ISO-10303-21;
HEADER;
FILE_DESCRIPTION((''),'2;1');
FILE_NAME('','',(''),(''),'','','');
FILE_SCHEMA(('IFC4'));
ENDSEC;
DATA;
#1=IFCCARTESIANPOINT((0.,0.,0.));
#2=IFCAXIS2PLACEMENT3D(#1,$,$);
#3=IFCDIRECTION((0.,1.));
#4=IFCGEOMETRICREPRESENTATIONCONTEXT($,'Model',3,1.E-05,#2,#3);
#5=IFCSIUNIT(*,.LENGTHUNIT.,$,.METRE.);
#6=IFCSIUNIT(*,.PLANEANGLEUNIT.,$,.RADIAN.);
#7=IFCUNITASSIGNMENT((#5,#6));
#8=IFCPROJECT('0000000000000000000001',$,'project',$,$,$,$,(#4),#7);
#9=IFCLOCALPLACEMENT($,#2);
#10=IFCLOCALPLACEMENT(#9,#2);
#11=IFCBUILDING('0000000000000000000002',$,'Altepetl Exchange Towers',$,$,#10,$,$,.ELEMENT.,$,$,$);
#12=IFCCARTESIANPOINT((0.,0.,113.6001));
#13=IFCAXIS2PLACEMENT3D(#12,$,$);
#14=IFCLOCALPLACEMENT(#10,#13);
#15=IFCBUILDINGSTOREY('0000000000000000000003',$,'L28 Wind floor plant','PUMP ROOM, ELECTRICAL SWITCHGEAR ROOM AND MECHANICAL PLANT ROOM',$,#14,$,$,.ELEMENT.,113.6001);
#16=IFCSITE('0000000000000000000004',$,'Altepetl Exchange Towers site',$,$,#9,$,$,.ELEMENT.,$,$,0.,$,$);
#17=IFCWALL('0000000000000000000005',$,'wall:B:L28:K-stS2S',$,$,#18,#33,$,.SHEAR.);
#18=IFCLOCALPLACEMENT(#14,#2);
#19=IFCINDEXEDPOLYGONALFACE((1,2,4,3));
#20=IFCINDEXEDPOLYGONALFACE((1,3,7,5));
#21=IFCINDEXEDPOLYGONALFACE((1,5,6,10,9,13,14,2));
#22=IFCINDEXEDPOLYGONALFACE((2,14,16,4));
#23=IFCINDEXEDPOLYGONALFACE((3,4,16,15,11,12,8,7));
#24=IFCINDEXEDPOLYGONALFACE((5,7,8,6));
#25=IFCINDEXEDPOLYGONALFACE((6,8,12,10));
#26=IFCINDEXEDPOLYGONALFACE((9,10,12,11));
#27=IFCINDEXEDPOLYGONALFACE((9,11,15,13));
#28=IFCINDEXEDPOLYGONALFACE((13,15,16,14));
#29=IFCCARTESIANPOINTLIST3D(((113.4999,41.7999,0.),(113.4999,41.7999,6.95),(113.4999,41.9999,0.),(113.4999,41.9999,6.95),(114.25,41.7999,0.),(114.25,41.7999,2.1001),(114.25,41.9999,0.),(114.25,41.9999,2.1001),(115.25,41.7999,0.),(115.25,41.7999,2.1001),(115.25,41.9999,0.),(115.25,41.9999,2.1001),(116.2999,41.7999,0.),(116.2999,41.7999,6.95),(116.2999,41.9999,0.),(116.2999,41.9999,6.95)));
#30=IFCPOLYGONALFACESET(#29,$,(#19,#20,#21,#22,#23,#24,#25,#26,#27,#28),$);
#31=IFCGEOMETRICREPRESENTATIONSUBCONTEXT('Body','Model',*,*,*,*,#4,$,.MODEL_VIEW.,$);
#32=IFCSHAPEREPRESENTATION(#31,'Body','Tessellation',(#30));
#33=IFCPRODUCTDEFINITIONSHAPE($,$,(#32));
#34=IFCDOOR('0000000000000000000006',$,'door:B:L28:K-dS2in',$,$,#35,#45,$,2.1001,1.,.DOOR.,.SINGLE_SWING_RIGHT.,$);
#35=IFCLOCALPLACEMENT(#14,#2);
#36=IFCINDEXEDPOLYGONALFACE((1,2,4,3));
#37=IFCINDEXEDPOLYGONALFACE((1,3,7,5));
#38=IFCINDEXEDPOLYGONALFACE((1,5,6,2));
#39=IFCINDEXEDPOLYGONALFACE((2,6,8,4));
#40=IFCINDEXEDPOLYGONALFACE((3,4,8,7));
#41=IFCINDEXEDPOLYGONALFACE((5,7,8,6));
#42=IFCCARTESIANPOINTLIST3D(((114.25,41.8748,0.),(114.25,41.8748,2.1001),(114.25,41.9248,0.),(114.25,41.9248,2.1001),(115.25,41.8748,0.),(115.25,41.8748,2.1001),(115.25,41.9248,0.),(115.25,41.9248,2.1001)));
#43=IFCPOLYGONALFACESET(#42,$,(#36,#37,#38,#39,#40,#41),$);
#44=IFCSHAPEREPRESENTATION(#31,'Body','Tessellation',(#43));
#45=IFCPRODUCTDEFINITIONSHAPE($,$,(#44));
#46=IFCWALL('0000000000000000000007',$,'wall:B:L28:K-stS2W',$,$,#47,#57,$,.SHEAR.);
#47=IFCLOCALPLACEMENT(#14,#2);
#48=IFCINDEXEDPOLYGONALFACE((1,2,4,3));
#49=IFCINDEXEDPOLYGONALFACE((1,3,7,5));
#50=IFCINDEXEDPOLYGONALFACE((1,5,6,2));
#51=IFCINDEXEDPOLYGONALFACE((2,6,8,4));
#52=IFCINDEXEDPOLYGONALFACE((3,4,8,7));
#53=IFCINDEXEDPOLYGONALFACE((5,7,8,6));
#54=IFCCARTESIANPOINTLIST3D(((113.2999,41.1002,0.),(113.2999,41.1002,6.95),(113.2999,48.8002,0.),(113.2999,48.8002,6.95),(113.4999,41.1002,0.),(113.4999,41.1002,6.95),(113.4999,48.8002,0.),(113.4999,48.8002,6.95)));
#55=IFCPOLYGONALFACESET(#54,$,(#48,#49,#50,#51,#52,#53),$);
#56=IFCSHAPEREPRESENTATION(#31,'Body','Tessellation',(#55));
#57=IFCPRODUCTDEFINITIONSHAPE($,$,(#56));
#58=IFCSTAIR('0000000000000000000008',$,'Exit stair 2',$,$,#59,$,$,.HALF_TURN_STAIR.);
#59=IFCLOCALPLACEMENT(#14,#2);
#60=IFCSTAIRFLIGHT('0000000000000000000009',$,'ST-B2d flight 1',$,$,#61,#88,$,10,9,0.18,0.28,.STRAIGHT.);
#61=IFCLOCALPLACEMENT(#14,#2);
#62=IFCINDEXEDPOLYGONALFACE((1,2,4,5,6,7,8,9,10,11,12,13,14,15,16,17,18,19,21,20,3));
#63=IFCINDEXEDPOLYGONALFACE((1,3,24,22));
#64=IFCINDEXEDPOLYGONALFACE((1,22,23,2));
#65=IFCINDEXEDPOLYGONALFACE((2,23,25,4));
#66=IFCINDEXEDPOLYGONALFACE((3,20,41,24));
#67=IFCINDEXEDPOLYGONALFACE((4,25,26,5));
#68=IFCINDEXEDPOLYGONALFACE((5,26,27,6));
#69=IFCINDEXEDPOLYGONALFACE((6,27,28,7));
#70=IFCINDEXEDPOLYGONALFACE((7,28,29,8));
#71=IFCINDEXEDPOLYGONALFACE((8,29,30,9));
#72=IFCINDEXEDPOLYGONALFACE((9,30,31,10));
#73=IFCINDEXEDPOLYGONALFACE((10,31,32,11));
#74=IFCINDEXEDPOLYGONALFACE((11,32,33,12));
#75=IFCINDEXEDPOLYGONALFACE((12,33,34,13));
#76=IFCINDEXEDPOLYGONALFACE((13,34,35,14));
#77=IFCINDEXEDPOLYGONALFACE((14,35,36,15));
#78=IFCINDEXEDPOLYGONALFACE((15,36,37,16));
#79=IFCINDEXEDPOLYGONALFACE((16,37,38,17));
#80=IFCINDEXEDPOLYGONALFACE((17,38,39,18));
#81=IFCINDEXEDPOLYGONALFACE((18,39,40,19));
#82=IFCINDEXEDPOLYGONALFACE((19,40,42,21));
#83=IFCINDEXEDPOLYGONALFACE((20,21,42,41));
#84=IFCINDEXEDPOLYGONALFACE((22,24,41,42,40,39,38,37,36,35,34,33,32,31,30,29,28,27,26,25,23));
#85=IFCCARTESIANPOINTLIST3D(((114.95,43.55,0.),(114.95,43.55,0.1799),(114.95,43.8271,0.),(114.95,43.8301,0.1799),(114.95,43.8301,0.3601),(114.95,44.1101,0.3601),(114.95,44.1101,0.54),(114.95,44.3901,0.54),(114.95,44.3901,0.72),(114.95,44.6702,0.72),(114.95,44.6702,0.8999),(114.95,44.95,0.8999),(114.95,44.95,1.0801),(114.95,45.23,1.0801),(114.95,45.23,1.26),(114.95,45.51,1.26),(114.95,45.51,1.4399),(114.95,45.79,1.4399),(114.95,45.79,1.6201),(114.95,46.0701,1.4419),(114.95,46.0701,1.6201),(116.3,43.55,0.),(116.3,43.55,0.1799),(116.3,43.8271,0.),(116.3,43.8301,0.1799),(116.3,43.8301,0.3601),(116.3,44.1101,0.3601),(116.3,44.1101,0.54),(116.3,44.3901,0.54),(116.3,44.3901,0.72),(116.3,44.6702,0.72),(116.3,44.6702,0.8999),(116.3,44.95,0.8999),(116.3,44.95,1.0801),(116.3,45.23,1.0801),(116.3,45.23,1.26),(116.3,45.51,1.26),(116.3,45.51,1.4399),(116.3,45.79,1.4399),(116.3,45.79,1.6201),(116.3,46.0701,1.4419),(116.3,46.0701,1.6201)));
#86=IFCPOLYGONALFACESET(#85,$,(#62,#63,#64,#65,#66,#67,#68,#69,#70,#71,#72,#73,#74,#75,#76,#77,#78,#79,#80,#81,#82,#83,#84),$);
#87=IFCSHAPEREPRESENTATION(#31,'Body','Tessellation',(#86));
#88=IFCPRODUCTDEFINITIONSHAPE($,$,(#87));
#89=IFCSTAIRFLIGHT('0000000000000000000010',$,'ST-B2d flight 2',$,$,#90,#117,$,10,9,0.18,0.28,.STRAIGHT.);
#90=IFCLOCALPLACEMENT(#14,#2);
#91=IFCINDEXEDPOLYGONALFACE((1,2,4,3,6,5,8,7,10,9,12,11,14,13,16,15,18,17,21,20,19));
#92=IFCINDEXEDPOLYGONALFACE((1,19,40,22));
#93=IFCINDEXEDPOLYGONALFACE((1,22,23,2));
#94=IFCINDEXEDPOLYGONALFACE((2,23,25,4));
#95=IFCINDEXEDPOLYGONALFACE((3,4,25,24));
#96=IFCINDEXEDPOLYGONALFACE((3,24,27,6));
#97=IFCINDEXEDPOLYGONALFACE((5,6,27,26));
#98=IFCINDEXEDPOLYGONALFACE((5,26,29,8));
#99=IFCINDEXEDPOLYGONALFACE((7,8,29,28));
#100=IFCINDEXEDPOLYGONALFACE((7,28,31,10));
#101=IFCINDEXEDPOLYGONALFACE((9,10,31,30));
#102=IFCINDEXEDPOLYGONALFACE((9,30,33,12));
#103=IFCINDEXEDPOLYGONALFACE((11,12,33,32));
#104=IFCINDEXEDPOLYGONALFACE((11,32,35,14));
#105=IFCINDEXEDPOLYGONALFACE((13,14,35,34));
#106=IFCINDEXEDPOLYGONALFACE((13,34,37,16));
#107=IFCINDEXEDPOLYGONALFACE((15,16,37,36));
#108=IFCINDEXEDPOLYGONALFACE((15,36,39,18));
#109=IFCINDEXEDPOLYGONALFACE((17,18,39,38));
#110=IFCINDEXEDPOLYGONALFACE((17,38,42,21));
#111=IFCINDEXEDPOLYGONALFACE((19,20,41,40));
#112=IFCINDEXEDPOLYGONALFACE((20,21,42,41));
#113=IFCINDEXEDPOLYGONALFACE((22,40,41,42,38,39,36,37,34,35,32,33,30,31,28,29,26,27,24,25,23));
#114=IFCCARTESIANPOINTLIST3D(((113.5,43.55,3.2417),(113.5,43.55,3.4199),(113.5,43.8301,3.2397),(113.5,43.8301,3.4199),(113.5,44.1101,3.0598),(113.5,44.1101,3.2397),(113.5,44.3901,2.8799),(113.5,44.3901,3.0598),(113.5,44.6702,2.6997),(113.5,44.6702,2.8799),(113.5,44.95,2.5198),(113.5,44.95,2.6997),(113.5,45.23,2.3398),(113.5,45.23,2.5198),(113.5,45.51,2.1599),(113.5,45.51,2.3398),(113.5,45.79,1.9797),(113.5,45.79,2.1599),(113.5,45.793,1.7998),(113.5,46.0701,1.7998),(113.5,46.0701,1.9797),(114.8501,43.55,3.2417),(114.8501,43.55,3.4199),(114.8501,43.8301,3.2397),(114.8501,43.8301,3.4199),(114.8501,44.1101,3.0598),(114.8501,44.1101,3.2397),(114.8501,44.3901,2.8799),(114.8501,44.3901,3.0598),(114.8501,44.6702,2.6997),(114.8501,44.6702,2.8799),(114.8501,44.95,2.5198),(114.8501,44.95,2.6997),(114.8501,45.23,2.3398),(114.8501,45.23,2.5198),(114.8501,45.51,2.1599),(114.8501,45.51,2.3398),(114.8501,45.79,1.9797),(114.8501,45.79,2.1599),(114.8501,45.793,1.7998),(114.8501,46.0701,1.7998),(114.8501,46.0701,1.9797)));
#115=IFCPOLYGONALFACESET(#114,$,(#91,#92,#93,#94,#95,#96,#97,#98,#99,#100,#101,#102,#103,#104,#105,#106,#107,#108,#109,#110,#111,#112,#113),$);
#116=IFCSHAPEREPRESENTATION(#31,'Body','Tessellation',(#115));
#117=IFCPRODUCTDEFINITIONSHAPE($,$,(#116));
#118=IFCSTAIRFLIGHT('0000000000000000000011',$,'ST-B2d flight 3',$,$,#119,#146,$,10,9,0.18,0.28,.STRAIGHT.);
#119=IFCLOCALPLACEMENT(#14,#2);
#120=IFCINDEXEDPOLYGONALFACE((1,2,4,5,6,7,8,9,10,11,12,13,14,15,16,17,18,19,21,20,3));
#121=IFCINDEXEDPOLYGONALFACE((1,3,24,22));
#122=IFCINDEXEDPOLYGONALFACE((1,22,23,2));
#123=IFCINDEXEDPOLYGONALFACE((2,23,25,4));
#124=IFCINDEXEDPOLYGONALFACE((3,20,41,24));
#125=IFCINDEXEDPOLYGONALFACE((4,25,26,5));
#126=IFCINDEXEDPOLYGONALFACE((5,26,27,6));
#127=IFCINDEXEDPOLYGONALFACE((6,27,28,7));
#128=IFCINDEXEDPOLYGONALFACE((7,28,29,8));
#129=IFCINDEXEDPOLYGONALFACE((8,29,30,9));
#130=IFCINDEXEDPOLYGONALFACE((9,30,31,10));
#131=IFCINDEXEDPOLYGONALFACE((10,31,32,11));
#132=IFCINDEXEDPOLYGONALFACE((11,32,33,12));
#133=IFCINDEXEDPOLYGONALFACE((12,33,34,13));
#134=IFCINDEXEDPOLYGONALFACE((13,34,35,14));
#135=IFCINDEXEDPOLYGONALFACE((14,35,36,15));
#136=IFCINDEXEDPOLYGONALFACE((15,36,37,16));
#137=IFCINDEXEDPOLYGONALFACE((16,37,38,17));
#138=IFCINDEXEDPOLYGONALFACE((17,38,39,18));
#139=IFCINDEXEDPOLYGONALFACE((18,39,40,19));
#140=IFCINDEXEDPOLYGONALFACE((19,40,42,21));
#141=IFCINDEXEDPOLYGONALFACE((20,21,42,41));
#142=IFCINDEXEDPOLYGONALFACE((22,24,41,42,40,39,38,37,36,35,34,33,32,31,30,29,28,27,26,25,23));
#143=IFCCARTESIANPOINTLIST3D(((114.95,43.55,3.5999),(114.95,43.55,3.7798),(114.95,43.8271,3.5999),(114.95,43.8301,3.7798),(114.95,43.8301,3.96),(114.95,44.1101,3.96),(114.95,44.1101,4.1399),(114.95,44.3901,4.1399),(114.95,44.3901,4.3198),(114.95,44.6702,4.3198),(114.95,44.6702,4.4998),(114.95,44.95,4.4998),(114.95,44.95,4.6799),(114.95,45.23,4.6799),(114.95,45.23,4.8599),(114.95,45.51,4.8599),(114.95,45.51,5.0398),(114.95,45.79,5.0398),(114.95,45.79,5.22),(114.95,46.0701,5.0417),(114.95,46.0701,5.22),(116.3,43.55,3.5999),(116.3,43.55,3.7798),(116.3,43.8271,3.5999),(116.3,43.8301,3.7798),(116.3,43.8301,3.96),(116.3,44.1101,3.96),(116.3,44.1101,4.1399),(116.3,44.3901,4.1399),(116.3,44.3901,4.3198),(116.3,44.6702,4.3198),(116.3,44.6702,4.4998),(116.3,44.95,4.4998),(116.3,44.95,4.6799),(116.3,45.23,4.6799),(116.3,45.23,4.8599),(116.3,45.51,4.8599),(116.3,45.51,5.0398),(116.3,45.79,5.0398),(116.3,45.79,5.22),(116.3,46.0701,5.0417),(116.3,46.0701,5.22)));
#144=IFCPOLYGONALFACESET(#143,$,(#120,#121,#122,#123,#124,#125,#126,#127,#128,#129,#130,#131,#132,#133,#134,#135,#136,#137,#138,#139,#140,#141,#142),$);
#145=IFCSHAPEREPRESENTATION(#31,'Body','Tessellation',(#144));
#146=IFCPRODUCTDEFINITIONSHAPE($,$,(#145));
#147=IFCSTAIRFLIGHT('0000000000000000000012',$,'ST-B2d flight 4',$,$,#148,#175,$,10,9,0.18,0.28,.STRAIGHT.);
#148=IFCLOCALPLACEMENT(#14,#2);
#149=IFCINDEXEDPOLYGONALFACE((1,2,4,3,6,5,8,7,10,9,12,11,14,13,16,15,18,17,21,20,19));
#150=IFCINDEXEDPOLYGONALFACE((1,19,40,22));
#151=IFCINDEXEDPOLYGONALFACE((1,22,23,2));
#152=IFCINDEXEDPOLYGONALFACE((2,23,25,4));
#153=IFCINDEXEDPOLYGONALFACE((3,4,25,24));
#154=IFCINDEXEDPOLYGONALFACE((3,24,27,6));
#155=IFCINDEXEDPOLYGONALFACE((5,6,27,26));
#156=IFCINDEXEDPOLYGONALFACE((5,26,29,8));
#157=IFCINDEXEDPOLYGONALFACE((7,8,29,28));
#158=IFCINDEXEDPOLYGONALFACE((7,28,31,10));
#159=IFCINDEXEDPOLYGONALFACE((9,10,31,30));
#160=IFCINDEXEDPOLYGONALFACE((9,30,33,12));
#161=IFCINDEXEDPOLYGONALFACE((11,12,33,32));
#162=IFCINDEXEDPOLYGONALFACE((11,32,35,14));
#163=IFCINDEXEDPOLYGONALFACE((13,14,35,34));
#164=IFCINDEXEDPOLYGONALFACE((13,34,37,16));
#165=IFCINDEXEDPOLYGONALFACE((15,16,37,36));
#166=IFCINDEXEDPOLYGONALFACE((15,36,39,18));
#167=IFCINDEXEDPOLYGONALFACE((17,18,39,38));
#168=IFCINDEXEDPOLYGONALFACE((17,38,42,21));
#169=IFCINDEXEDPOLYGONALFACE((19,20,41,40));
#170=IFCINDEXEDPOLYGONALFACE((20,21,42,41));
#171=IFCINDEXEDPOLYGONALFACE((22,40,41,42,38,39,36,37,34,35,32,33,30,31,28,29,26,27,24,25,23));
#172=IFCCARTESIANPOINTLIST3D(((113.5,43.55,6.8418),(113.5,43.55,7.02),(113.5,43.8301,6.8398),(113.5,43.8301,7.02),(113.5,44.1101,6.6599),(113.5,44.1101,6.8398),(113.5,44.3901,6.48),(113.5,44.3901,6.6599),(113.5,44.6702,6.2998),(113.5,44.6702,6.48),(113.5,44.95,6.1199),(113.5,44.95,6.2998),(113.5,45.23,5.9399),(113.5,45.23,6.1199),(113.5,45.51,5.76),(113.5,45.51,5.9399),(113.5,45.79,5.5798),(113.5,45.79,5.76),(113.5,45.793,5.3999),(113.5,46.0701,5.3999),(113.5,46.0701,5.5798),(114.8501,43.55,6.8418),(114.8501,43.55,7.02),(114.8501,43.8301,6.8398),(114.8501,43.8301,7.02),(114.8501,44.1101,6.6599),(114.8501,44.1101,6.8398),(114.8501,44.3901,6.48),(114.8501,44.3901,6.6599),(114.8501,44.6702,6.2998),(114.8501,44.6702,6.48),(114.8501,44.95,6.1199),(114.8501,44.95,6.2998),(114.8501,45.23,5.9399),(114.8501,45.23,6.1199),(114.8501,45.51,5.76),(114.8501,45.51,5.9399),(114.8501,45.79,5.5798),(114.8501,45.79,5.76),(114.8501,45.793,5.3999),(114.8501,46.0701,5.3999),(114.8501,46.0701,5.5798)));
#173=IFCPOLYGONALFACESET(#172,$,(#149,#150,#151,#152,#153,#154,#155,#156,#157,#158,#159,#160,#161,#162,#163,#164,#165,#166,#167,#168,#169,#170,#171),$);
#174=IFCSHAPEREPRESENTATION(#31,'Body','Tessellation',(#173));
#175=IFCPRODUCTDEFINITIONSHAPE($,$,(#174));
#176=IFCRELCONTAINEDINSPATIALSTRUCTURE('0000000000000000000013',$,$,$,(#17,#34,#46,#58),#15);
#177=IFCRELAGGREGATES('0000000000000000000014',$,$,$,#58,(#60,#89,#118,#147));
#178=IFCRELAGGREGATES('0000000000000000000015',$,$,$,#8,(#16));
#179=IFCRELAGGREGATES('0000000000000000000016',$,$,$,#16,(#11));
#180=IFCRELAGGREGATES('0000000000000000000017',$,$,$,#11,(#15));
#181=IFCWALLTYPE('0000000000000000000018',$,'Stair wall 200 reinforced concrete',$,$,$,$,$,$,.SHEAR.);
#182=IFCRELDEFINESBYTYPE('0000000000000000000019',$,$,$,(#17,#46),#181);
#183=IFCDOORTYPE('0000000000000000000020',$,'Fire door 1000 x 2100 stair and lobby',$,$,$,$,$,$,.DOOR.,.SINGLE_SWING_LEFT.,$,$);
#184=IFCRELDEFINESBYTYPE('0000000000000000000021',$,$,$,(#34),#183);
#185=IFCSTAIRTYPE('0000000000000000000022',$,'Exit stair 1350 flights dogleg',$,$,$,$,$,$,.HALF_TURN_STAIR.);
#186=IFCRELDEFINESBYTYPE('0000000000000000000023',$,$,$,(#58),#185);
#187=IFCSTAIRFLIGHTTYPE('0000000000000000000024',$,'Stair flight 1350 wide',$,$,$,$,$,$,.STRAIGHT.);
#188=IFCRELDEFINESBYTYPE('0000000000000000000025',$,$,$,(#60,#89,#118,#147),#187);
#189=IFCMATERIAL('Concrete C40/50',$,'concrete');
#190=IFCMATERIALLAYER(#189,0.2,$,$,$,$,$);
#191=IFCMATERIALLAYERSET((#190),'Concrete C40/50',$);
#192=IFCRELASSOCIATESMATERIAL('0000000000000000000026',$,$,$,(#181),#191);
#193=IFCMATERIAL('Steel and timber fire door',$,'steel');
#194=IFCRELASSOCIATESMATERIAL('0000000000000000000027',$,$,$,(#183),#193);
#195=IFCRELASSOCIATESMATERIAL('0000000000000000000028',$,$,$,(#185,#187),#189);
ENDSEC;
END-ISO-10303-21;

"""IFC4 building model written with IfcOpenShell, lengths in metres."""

from ifc_helpers import new_model, si_unit, direction, frame, frame_2d, origin, place, context, subcontext, project, spatial, polyline, rectangle, outline, extrude, material, layer, layer_set, type_object, element, fill, aggregate, save


model = new_model("IFC4")

# Units and contexts
model_context = context("Model", 3, precision=1e-05, world=origin(), true_north=direction((0.0, 1.0)))
body_context = subcontext(model_context, "Body", "Model", "MODEL_VIEW")
ifc_project = project(units=[si_unit("LENGTHUNIT", "METRE"), si_unit("PLANEANGLEUNIT", "RADIAN")], contexts=[model_context])

# Site, building, storey
site_placement = place(None, origin())
site = spatial("IfcSite", under=ifc_project, at=site_placement, Name="Altepetl Exchange Towers site", CompositionType="ELEMENT", RefElevation=0.0)
building_placement = place(site_placement, origin())
building = spatial("IfcBuilding", under=site, at=building_placement, Name="Altepetl Exchange Towers", CompositionType="ELEMENT")
storey_placement = place(building_placement, frame((0.0, 0.0, 113.6001)))
storey = spatial("IfcBuildingStorey", under=building, at=storey_placement, Name="L28 Wind floor plant", Description="PUMP ROOM, ELECTRICAL SWITCHGEAR ROOM AND MECHANICAL PLANT ROOM", CompositionType="ELEMENT", Elevation=113.6001)

# Wall, opening, door
ifc_material_1 = material(Name="Concrete C40/50", Category="concrete")
ifc_layer_1 = layer(ifc_material_1, 0.2)
ifc_layer_set_1 = layer_set([ifc_layer_1], Name="Concrete C40/50")
wall_type_1 = type_object("IfcWallType", Name="Stair wall 200 reinforced concrete", PredefinedType="SHEAR", material=ifc_layer_set_1)
wall_1_placement = place(storey_placement, frame((113.5, 41.8999, 0.0)))
wall_1 = element("IfcWall", 1, at=wall_1_placement, inside=storey, type_object=wall_type_1, Name="wall:B:L28:K-stS2S", PredefinedType="SHEAR", context=body_context, shape_type="SweptSolid", body=[
    extrude(rectangle(XDim=2.8, YDim=0.2, at=frame_2d((1.3999, 0.0))), origin(), (0.0, 0.0, 1.0), 6.95),
])
opening_placement = place(wall_1_placement, frame((0.75, 0.0, 0.0)))
opening = element("IfcOpeningElement", 2, at=opening_placement, cuts=wall_1, PredefinedType="OPENING", context=body_context, shape_type="SweptSolid", body=[
    extrude(rectangle(XDim=1.0, YDim=2.1001, at=frame_2d((0.5, 1.05))), frame((0.0, 0.1099, 0.0), z_axis=(0.0, -1.0, 0.0), x_axis=(1.0, 0.0, 0.0)), (0.0, 0.0, 1.0), 0.22),
])
ifc_material_2 = material(Name="Steel and timber fire door", Category="steel")
door_type = type_object("IfcDoorType", Name="Fire door 1000 x 2100 stair and lobby", OperationType="SINGLE_SWING_LEFT", PredefinedType="DOOR", material=ifc_material_2)
door_placement = place(opening_placement, origin())
door = element("IfcDoor", 3, at=door_placement, inside=storey, type_object=door_type, Name="door:B:L28:K-dS2in", OperationType="SINGLE_SWING_RIGHT", OverallHeight=2.1001, OverallWidth=1.0, PredefinedType="DOOR", context=body_context, shape_type="SweptSolid", body=[
    extrude(rectangle(XDim=1.0, YDim=2.1001, at=frame_2d((0.5, 1.05))), frame((0.0, 0.0249, 0.0), z_axis=(0.0, -1.0, 0.0), x_axis=(1.0, 0.0, 0.0)), (0.0, 0.0, 1.0), 0.05),
])
fill(opening, door)

# Wall
wall_2_placement = place(storey_placement, frame((113.3999, 41.1001, 0.0), z_axis=(0.0, 0.0, 1.0), x_axis=(0.0, 1.0, 0.0)))
element("IfcWall", 4, at=wall_2_placement, inside=storey, type_object=wall_type_1, Name="wall:B:L28:K-stS2W", PredefinedType="SHEAR", context=body_context, shape_type="SweptSolid", body=[
    extrude(rectangle(XDim=7.7, YDim=0.2, at=frame_2d((3.8501, 0.0))), origin(), (0.0, 0.0, 1.0), 6.95),
])

# Stair, stair flights
stair_type = type_object("IfcStairType", Name="Exit stair 1350 flights dogleg", PredefinedType="HALF_TURN_STAIR", material=ifc_material_1)
stair_placement = place(storey_placement, origin())
stair = element("IfcStair", 5, at=stair_placement, inside=storey, type_object=stair_type, Name="Exit stair 2", PredefinedType="HALF_TURN_STAIR")
stair_flight_type = type_object("IfcStairFlightType", Name="Stair flight 1350 wide", PredefinedType="STRAIGHT", material=ifc_material_1)
stair_flight_1_placement = place(storey_placement, frame((115.625, 43.55, 0.0), z_axis=(0.0, 0.0, 1.0), x_axis=(0.0, 1.0, 0.0)))
stair_flight_1 = element("IfcStairFlight", 6, at=stair_flight_1_placement, type_object=stair_flight_type, Name="ST-B2d flight 1", NumberOfRisers=10, NumberOfTreads=9, PredefinedType="STRAIGHT", RiserHeight=0.18, TreadLength=0.28, context=body_context, shape_type="SweptSolid", body=[
    extrude(outline(polyline([(0.0, 0.0), (0.0, 0.1799), (0.28, 0.1799), (0.28, 0.3601), (0.5601, 0.3601), (0.5601, 0.54), (0.8401, 0.54), (0.8401, 0.72), (1.1201, 0.72), (1.1201, 0.8999), (1.3999, 0.8999), (1.3999, 1.0801), (1.6799, 1.0801), (1.6799, 1.26), (1.96, 1.26), (1.96, 1.4399), (2.24, 1.4399), (2.24, 1.6201), (2.52, 1.6201), (2.52, 1.8), (2.52, 1.4419), (0.2771, 0.0), (0.0, 0.0)])), frame((0.0, 0.675, 0.0), z_axis=(0.0, -1.0, 0.0), x_axis=(1.0, 0.0, 0.0)), (0.0, 0.0, 1.0), 1.3501),
])
stair_flight_2_placement = place(storey_placement, frame((114.175, 46.0701, 1.7998), z_axis=(0.0, 0.0, 1.0), x_axis=(0.0, -1.0, 0.0)))
stair_flight_2 = element("IfcStairFlight", 7, at=stair_flight_2_placement, type_object=stair_flight_type, Name="ST-B2d flight 2", NumberOfRisers=10, NumberOfTreads=9, PredefinedType="STRAIGHT", RiserHeight=0.18, TreadLength=0.28, context=body_context, shape_type="SweptSolid", body=[
    extrude(outline(polyline([(0.0, 0.0), (0.0, 0.1799), (0.28, 0.1799), (0.28, 0.3601), (0.5601, 0.3601), (0.5601, 0.54), (0.8401, 0.54), (0.8401, 0.72), (1.1201, 0.72), (1.1201, 0.8999), (1.3999, 0.8999), (1.3999, 1.0801), (1.6799, 1.0801), (1.6799, 1.26), (1.96, 1.26), (1.96, 1.4399), (2.24, 1.4399), (2.24, 1.6201), (2.52, 1.6201), (2.52, 1.8), (2.52, 1.4419), (0.2771, 0.0), (0.0, 0.0)])), frame((0.0, 0.675, 0.0), z_axis=(0.0, -1.0, 0.0), x_axis=(1.0, 0.0, 0.0)), (0.0, 0.0, 1.0), 1.3501),
])
stair_flight_3_placement = place(storey_placement, frame((115.625, 43.55, 3.5999), z_axis=(0.0, 0.0, 1.0), x_axis=(0.0, 1.0, 0.0)))
stair_flight_3 = element("IfcStairFlight", 8, at=stair_flight_3_placement, type_object=stair_flight_type, Name="ST-B2d flight 3", NumberOfRisers=10, NumberOfTreads=9, PredefinedType="STRAIGHT", RiserHeight=0.18, TreadLength=0.28, context=body_context, shape_type="SweptSolid", body=[
    extrude(outline(polyline([(0.0, 0.0), (0.0, 0.1799), (0.28, 0.1799), (0.28, 0.3601), (0.5601, 0.3601), (0.5601, 0.54), (0.8401, 0.54), (0.8401, 0.72), (1.1201, 0.72), (1.1201, 0.8999), (1.3999, 0.8999), (1.3999, 1.0801), (1.6799, 1.0801), (1.6799, 1.26), (1.96, 1.26), (1.96, 1.4399), (2.24, 1.4399), (2.24, 1.6201), (2.52, 1.6201), (2.52, 1.8), (2.52, 1.4419), (0.2771, 0.0), (0.0, 0.0)])), frame((0.0, 0.675, 0.0), z_axis=(0.0, -1.0, 0.0), x_axis=(1.0, 0.0, 0.0)), (0.0, 0.0, 1.0), 1.3501),
])
stair_flight_4_placement = place(storey_placement, frame((114.175, 46.0701, 5.3999), z_axis=(0.0, 0.0, 1.0), x_axis=(0.0, -1.0, 0.0)))
stair_flight_4 = element("IfcStairFlight", 9, at=stair_flight_4_placement, type_object=stair_flight_type, Name="ST-B2d flight 4", NumberOfRisers=10, NumberOfTreads=9, PredefinedType="STRAIGHT", RiserHeight=0.18, TreadLength=0.28, context=body_context, shape_type="SweptSolid", body=[
    extrude(outline(polyline([(0.0, 0.0), (0.0, 0.1799), (0.28, 0.1799), (0.28, 0.3601), (0.5601, 0.3601), (0.5601, 0.54), (0.8401, 0.54), (0.8401, 0.72), (1.1201, 0.72), (1.1201, 0.8999), (1.3999, 0.8999), (1.3999, 1.0801), (1.6799, 1.0801), (1.6799, 1.26), (1.96, 1.26), (1.96, 1.4399), (2.24, 1.4399), (2.24, 1.6201), (2.52, 1.6201), (2.52, 1.8), (2.52, 1.4419), (0.2771, 0.0), (0.0, 0.0)])), frame((0.0, 0.675, 0.0), z_axis=(0.0, -1.0, 0.0), x_axis=(1.0, 0.0, 0.0)), (0.0, 0.0, 1.0), 1.3501),
])
aggregate(stair, [stair_flight_1, stair_flight_2, stair_flight_3, stair_flight_4])

save(model, "model.ifc")
